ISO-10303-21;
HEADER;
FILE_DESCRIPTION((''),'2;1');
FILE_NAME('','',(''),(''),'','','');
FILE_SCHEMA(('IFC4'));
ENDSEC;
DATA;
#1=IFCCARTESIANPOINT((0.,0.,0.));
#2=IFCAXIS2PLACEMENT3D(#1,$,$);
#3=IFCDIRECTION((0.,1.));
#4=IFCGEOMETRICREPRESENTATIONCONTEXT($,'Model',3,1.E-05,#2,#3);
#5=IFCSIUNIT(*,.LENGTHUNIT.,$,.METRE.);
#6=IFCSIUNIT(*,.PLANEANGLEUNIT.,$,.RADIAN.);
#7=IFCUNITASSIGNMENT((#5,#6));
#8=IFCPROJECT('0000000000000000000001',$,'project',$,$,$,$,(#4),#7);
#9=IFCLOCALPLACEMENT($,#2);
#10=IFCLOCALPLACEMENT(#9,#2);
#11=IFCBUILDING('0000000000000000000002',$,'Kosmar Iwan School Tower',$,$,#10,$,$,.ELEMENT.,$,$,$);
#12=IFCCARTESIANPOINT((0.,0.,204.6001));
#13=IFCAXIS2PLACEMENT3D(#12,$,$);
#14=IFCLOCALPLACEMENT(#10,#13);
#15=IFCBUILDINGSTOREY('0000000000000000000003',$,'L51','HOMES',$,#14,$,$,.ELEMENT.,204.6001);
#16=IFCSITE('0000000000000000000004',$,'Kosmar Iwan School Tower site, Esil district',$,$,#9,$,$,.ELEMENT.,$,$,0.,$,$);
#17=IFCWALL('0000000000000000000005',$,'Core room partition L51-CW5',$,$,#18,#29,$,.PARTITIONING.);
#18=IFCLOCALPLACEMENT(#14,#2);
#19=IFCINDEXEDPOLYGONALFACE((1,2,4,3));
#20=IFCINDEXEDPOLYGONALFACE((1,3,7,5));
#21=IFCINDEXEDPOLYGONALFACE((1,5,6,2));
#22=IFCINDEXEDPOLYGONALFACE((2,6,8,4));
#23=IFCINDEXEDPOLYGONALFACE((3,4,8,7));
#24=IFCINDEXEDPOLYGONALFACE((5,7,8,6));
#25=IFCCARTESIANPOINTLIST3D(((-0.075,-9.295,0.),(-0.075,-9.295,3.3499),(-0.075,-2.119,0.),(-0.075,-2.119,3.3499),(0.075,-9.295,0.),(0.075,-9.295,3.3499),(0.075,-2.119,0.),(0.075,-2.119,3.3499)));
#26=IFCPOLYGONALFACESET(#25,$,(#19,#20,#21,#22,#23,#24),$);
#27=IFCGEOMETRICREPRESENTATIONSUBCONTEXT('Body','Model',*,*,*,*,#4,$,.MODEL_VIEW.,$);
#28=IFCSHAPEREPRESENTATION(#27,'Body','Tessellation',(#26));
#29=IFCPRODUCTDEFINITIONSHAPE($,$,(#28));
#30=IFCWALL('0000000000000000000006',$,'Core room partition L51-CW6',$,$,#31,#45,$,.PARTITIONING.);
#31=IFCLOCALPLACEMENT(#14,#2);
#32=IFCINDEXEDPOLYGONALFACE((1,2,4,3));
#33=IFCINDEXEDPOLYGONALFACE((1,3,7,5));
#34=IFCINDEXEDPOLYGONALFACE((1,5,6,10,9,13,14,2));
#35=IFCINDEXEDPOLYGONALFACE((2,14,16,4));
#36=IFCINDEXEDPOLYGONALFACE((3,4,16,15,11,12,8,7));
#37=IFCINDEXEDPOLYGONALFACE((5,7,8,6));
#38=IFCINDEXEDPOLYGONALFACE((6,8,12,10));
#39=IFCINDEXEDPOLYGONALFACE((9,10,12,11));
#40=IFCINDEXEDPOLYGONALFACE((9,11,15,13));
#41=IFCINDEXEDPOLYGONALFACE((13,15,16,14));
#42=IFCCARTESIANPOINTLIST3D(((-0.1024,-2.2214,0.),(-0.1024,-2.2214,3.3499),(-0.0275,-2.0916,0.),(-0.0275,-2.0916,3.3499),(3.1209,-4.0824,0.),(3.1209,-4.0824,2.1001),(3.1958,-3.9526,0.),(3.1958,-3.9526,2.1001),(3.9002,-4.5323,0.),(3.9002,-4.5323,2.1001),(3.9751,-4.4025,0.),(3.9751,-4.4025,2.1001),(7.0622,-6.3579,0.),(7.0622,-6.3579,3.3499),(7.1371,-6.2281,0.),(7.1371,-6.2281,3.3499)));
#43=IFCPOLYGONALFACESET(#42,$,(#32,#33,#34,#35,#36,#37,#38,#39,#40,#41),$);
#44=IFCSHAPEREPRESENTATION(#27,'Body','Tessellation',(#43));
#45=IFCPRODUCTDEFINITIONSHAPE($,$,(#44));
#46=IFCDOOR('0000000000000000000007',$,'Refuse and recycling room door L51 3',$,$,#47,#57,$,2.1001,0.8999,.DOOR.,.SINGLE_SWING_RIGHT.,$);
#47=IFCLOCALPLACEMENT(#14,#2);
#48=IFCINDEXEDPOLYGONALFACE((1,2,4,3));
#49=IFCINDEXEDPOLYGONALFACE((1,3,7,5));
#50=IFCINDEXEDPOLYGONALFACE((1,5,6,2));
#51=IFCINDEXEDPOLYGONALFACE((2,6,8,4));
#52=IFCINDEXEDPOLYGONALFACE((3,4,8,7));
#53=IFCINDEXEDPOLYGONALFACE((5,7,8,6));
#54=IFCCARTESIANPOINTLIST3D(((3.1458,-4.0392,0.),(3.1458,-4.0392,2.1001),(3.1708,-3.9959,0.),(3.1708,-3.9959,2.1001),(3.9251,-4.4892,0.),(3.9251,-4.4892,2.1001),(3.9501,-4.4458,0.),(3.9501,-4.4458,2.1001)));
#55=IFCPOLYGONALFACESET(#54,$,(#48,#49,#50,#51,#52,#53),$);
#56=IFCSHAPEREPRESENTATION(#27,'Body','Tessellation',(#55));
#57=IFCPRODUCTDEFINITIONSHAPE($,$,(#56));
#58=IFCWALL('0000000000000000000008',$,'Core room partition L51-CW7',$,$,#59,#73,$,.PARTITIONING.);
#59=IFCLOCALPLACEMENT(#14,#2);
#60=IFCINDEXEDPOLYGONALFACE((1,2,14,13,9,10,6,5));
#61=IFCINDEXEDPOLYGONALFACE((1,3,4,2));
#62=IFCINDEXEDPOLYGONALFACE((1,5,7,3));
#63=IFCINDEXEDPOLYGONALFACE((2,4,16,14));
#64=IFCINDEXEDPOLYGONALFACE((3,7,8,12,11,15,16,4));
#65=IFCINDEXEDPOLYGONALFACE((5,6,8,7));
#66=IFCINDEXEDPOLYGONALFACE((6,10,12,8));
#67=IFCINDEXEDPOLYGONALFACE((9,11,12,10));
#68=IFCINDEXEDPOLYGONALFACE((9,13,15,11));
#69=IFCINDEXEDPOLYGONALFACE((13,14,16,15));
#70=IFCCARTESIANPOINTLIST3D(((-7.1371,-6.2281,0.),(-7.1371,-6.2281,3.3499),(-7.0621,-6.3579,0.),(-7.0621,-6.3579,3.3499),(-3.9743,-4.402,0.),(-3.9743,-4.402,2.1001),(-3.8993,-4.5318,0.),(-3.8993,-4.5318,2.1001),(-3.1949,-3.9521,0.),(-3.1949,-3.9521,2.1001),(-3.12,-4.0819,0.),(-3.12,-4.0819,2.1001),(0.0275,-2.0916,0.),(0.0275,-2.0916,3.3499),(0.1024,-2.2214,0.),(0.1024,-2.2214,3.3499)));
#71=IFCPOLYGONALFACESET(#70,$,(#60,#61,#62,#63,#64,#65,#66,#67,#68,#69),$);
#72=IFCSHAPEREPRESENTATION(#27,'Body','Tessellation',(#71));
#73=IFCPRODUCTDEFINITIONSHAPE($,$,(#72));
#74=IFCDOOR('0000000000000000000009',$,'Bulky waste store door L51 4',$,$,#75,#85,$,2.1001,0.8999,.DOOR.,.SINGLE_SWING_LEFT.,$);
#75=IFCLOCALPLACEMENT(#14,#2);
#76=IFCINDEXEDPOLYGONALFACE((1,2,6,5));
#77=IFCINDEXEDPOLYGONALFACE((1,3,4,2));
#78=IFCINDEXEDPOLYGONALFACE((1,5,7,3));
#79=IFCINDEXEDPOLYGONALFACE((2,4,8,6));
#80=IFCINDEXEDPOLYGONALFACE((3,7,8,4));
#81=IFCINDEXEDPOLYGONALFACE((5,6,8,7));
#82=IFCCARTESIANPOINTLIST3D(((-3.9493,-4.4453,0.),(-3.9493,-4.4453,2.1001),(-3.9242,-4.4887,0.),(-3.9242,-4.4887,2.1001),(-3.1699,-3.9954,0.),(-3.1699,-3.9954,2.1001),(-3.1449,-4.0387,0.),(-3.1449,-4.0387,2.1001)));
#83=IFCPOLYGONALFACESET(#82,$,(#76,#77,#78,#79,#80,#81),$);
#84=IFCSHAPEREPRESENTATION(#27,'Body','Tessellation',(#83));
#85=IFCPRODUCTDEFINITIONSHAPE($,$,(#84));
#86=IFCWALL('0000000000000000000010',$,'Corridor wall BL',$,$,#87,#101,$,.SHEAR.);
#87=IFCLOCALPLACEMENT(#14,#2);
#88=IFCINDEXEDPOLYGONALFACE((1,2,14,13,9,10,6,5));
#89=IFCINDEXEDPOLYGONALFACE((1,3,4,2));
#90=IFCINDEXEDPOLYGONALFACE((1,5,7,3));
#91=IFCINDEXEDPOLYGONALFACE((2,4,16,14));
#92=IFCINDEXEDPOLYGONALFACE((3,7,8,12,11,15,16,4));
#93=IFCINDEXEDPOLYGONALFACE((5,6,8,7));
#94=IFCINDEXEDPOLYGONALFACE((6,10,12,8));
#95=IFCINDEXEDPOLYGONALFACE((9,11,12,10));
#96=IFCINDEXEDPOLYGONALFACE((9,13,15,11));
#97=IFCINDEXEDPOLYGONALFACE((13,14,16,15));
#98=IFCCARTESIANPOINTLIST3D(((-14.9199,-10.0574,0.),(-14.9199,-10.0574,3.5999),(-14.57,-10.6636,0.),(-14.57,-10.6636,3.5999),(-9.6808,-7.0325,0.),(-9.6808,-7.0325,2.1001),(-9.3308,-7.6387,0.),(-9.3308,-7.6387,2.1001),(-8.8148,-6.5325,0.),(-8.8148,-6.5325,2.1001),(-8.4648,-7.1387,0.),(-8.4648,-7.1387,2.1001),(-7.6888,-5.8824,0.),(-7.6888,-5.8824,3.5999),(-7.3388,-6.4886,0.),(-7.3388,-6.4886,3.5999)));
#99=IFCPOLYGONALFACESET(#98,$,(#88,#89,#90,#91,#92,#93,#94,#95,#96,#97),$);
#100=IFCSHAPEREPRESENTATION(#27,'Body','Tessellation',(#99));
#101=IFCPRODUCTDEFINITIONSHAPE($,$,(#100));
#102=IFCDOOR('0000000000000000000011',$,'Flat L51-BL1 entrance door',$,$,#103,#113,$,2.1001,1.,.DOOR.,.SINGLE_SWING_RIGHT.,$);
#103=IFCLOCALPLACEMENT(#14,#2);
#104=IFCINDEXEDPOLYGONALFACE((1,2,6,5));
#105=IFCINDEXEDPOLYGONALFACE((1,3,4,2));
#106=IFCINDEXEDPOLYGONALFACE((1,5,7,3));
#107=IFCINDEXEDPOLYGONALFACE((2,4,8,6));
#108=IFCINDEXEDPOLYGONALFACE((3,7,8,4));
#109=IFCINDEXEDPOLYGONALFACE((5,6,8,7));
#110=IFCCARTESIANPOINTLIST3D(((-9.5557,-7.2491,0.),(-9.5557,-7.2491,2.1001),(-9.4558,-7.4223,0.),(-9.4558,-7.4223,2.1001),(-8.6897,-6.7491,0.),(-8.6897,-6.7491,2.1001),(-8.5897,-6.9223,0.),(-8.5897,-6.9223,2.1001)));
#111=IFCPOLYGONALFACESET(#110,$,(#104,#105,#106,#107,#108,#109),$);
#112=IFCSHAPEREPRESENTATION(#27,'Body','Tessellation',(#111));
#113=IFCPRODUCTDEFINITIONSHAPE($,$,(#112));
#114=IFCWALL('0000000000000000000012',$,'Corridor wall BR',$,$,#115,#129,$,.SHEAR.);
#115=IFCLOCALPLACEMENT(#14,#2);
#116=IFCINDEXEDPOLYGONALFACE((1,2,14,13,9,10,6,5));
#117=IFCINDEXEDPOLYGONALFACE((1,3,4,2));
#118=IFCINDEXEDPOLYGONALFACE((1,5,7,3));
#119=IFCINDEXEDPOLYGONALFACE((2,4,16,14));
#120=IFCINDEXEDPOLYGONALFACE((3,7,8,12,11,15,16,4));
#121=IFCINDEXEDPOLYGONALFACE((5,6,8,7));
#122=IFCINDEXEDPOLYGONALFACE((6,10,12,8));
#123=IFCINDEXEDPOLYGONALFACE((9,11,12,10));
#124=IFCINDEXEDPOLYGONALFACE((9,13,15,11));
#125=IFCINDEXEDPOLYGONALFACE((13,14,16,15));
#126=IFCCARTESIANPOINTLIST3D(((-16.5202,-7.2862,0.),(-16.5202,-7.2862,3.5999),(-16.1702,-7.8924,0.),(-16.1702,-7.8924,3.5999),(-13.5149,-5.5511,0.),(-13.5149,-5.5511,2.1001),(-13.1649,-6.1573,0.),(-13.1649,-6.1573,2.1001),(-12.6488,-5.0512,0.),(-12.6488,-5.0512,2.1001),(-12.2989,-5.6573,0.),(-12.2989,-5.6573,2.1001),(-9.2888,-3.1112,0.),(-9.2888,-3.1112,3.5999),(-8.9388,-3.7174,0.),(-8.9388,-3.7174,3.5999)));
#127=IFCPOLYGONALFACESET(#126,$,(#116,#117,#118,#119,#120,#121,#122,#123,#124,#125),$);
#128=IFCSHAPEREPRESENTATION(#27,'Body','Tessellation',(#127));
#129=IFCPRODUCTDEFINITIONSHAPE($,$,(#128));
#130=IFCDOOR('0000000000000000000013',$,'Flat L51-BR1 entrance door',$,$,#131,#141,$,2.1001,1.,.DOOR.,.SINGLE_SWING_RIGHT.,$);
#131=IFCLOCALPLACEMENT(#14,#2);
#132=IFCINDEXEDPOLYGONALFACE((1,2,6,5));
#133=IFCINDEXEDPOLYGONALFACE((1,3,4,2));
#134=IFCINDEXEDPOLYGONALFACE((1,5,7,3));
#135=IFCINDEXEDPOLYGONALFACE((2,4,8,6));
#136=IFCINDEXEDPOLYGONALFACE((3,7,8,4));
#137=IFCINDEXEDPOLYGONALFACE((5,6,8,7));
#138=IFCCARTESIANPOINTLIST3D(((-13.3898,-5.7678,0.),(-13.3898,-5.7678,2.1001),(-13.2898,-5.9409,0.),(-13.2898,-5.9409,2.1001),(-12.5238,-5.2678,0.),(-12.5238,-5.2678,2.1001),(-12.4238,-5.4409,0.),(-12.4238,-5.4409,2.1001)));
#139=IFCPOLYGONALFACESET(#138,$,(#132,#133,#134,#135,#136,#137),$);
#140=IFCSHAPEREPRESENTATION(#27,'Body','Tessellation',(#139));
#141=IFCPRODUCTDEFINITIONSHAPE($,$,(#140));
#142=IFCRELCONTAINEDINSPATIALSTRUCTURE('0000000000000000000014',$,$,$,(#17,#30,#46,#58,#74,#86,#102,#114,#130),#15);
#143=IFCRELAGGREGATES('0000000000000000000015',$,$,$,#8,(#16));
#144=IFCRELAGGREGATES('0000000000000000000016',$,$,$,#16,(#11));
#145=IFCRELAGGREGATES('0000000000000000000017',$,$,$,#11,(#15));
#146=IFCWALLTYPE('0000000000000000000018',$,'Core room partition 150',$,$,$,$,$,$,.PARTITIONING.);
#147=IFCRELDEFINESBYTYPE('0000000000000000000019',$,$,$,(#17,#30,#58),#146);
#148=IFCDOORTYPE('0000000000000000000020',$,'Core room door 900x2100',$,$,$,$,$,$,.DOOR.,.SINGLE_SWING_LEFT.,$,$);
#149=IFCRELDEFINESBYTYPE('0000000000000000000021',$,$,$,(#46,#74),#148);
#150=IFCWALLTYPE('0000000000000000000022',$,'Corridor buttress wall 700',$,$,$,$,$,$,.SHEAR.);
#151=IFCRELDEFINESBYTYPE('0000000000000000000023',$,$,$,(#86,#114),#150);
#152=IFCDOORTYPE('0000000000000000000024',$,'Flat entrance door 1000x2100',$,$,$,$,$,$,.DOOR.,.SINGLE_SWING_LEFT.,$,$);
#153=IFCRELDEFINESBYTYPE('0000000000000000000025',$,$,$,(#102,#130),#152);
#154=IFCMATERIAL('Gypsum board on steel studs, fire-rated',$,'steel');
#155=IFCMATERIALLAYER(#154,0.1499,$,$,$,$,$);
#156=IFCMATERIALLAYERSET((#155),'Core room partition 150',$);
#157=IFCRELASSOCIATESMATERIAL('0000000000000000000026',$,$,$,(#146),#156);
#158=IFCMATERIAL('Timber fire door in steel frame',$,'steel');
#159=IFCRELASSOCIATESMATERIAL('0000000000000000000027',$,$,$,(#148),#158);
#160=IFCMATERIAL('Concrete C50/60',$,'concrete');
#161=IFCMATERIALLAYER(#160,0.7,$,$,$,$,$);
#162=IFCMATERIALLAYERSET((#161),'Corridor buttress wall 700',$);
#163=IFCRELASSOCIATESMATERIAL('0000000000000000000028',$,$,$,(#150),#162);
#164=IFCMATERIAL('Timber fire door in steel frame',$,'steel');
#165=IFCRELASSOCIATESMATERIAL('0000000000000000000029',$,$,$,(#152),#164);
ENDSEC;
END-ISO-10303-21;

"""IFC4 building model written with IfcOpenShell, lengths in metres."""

from ifc_helpers import new_model, si_unit, direction, frame, frame_2d, origin, place, context, subcontext, project, spatial, rectangle, extrude, material, layer, layer_set, type_object, element, fill, save


model = new_model("IFC4")

# Units and contexts
model_context = context("Model", 3, precision=1e-05, world=origin(), true_north=direction((0.0, 1.0)))
body_context = subcontext(model_context, "Body", "Model", "MODEL_VIEW")
ifc_project = project(units=[si_unit("LENGTHUNIT", "METRE"), si_unit("PLANEANGLEUNIT", "RADIAN")], contexts=[model_context])

# Site, building, storey
site_placement = place(None, origin())
site = spatial("IfcSite", under=ifc_project, at=site_placement, Name="Kosmar Iwan School Tower site, Esil district", CompositionType="ELEMENT", RefElevation=0.0)
building_placement = place(site_placement, origin())
building = spatial("IfcBuilding", under=site, at=building_placement, Name="Kosmar Iwan School Tower", CompositionType="ELEMENT")
storey_placement = place(building_placement, frame((0.0, 0.0, 204.6001)))
storey = spatial("IfcBuildingStorey", under=building, at=storey_placement, Name="L51", Description="HOMES", CompositionType="ELEMENT", Elevation=204.6001)

# Wall
ifc_material_1 = material(Name="Gypsum board on steel studs, fire-rated", Category="steel")
ifc_layer_1 = layer(ifc_material_1, 0.1499)
ifc_layer_set_1 = layer_set([ifc_layer_1], Name="Core room partition 150")
wall_type_1 = type_object("IfcWallType", Name="Core room partition 150", PredefinedType="PARTITIONING", material=ifc_layer_set_1)
wall_1_placement = place(storey_placement, frame((0.0, -9.2949, 0.0), z_axis=(0.0, 0.0, 1.0), x_axis=(0.0, 1.0, 0.0)))
element("IfcWall", 1, at=wall_1_placement, inside=storey, type_object=wall_type_1, Name="Core room partition L51-CW5", PredefinedType="PARTITIONING", context=body_context, shape_type="SweptSolid", body=[
    extrude(rectangle(XDim=7.176, YDim=0.1499, at=frame_2d((3.5879, 0.0))), origin(), (0.0, 0.0, 1.0), 3.3499),
])

# Walls, openings, doors
wall_2_placement = place(storey_placement, frame((-0.0649, -2.1565, 0.0), z_axis=(0.0, 0.0, 1.0), x_axis=(0.866024, -0.500002, 0.0)))
wall_2 = element("IfcWall", 2, at=wall_2_placement, inside=storey, type_object=wall_type_1, Name="Core room partition L51-CW6", PredefinedType="PARTITIONING", context=body_context, shape_type="SweptSolid", body=[
    extrude(rectangle(XDim=8.2729, YDim=0.1499, at=frame_2d((4.1365, 0.0))), origin(), (0.0, 0.0, 1.0), 3.3499),
])
opening_1_placement = place(wall_2_placement, frame((3.7219, 0.0, 0.0)))
opening_1 = element("IfcOpeningElement", 3, at=opening_1_placement, cuts=wall_2, PredefinedType="OPENING", context=body_context, shape_type="SweptSolid", body=[
    extrude(rectangle(XDim=0.8999, YDim=2.1001, at=frame_2d((0.45, 1.05))), frame((0.0, 0.0869, 0.0), z_axis=(0.0, -1.0, 0.0), x_axis=(1.0, 0.0, 0.0)), (0.0, 0.0, 1.0), 0.1738),
])
ifc_material_2 = material(Name="Timber fire door in steel frame", Category="steel")
door_type_1 = type_object("IfcDoorType", Name="Core room door 900x2100", OperationType="SINGLE_SWING_LEFT", PredefinedType="DOOR", material=ifc_material_2)
door_1_placement = place(opening_1_placement, origin())
door_1 = element("IfcDoor", 4, at=door_1_placement, inside=storey, type_object=door_type_1, Name="Refuse and recycling room door L51 3", OperationType="SINGLE_SWING_RIGHT", OverallHeight=2.1001, OverallWidth=0.8999, PredefinedType="DOOR", context=body_context, shape_type="SweptSolid", body=[
    extrude(rectangle(XDim=0.8999, YDim=2.1001, at=frame_2d((0.45, 1.05))), frame((0.0, 0.0249, 0.0), z_axis=(0.0, -1.0, 0.0), x_axis=(1.0, 0.0, 0.0)), (0.0, 0.0, 1.0), 0.05),
])
fill(opening_1, door_1)
wall_3_placement = place(storey_placement, frame((-7.0996, -6.293, 0.0), z_axis=(0.0, 0.0, 1.0), x_axis=(0.866024, 0.500002, 0.0)))
wall_3 = element("IfcWall", 5, at=wall_3_placement, inside=storey, type_object=wall_type_1, Name="Core room partition L51-CW7", PredefinedType="PARTITIONING", context=body_context, shape_type="SweptSolid", body=[
    extrude(rectangle(XDim=8.2729, YDim=0.1499, at=frame_2d((4.1365, 0.0))), origin(), (0.0, 0.0, 1.0), 3.3499),
])
opening_2_placement = place(wall_3_placement, frame((3.6521, 0.0, 0.0)))
opening_2 = element("IfcOpeningElement", 6, at=opening_2_placement, cuts=wall_3, PredefinedType="OPENING", context=body_context, shape_type="SweptSolid", body=[
    extrude(rectangle(XDim=0.8999, YDim=2.1001, at=frame_2d((0.45, 1.05))), frame((0.0, 0.0869, 0.0), z_axis=(0.0, -1.0, 0.0), x_axis=(1.0, 0.0, 0.0)), (0.0, 0.0, 1.0), 0.1738),
])
door_2_placement = place(opening_2_placement, origin())
door_2 = element("IfcDoor", 7, at=door_2_placement, inside=storey, type_object=door_type_1, Name="Bulky waste store door L51 4", OperationType="SINGLE_SWING_LEFT", OverallHeight=2.1001, OverallWidth=0.8999, PredefinedType="DOOR", context=body_context, shape_type="SweptSolid", body=[
    extrude(rectangle(XDim=0.8999, YDim=2.1001, at=frame_2d((0.45, 1.05))), frame((0.0, 0.0249, 0.0), z_axis=(0.0, -1.0, 0.0), x_axis=(1.0, 0.0, 0.0)), (0.0, 0.0, 1.0), 0.05),
])
fill(opening_2, door_2)
ifc_material_3 = material(Name="Concrete C50/60", Category="concrete")
ifc_layer_2 = layer(ifc_material_3, 0.7)
ifc_layer_set_2 = layer_set([ifc_layer_2], Name="Corridor buttress wall 700")
wall_type_2 = type_object("IfcWallType", Name="Corridor buttress wall 700", PredefinedType="SHEAR", material=ifc_layer_set_2)
wall_4_placement = place(storey_placement, frame((-7.5139, -6.1855, 0.0), z_axis=(0.0, 0.0, 1.0), x_axis=(-0.86602, -0.50001, 0.0)))
wall_4 = element("IfcWall", 8, at=wall_4_placement, inside=storey, type_object=wall_type_2, Name="Corridor wall BL", PredefinedType="SHEAR", context=body_context, shape_type="SweptSolid", body=[
    extrude(rectangle(XDim=8.3499, YDim=0.7, at=frame_2d((4.1748, 0.0))), origin(), (0.0, 0.0, 1.0), 3.5999),
])
opening_3_placement = place(wall_4_placement, frame((1.3, 0.0, 0.0)))
opening_3 = element("IfcOpeningElement", 9, at=opening_3_placement, cuts=wall_4, PredefinedType="OPENING", context=body_context, shape_type="SweptSolid", body=[
    extrude(rectangle(XDim=1.0, YDim=2.1001, at=frame_2d((0.5, 1.05))), frame((0.0, 0.3621, 0.0), z_axis=(0.0, -1.0, 0.0), x_axis=(1.0, 0.0, 0.0)), (0.0, 0.0, 1.0), 0.7239),
])
ifc_material_4 = material(Name="Timber fire door in steel frame", Category="steel")
door_type_2 = type_object("IfcDoorType", Name="Flat entrance door 1000x2100", OperationType="SINGLE_SWING_LEFT", PredefinedType="DOOR", material=ifc_material_4)
door_3_placement = place(opening_3_placement, origin())
door_3 = element("IfcDoor", 10, at=door_3_placement, inside=storey, type_object=door_type_2, Name="Flat L51-BL1 entrance door", OperationType="SINGLE_SWING_RIGHT", OverallHeight=2.1001, OverallWidth=1.0, PredefinedType="DOOR", context=body_context, shape_type="SweptSolid", body=[
    extrude(rectangle(XDim=1.0, YDim=2.1001, at=frame_2d((0.5, 1.05))), frame((0.0, 0.1001, 0.0), z_axis=(0.0, -1.0, 0.0), x_axis=(1.0, 0.0, 0.0)), (0.0, 0.0, 1.0), 0.2),
])
fill(opening_3, door_3)
wall_5_placement = place(storey_placement, frame((-9.1138, -3.4143, 0.0), z_axis=(0.0, 0.0, 1.0), x_axis=(-0.866027, -0.499997, 0.0)))
wall_5 = element("IfcWall", 11, at=wall_5_placement, inside=storey, type_object=wall_type_2, Name="Corridor wall BR", PredefinedType="SHEAR", context=body_context, shape_type="SweptSolid", body=[
    extrude(rectangle(XDim=8.3501, YDim=0.7, at=frame_2d((4.175, 0.0))), origin(), (0.0, 0.0, 1.0), 3.5999),
])
opening_4_placement = place(wall_5_placement, frame((3.8799, 0.0, 0.0)))
opening_4 = element("IfcOpeningElement", 12, at=opening_4_placement, cuts=wall_5, PredefinedType="OPENING", context=body_context, shape_type="SweptSolid", body=[
    extrude(rectangle(XDim=1.0, YDim=2.1001, at=frame_2d((0.5, 1.05))), frame((0.0, 0.3621, 0.0), z_axis=(0.0, -1.0, 0.0), x_axis=(1.0, 0.0, 0.0)), (0.0, 0.0, 1.0), 0.7239),
])
door_4_placement = place(opening_4_placement, origin())
door_4 = element("IfcDoor", 13, at=door_4_placement, inside=storey, type_object=door_type_2, Name="Flat L51-BR1 entrance door", OperationType="SINGLE_SWING_RIGHT", OverallHeight=2.1001, OverallWidth=1.0, PredefinedType="DOOR", context=body_context, shape_type="SweptSolid", body=[
    extrude(rectangle(XDim=1.0, YDim=2.1001, at=frame_2d((0.5, 1.05))), frame((0.0, 0.1001, 0.0), z_axis=(0.0, -1.0, 0.0), x_axis=(1.0, 0.0, 0.0)), (0.0, 0.0, 1.0), 0.2),
])
fill(opening_4, door_4)

save(model, "model.ifc")
